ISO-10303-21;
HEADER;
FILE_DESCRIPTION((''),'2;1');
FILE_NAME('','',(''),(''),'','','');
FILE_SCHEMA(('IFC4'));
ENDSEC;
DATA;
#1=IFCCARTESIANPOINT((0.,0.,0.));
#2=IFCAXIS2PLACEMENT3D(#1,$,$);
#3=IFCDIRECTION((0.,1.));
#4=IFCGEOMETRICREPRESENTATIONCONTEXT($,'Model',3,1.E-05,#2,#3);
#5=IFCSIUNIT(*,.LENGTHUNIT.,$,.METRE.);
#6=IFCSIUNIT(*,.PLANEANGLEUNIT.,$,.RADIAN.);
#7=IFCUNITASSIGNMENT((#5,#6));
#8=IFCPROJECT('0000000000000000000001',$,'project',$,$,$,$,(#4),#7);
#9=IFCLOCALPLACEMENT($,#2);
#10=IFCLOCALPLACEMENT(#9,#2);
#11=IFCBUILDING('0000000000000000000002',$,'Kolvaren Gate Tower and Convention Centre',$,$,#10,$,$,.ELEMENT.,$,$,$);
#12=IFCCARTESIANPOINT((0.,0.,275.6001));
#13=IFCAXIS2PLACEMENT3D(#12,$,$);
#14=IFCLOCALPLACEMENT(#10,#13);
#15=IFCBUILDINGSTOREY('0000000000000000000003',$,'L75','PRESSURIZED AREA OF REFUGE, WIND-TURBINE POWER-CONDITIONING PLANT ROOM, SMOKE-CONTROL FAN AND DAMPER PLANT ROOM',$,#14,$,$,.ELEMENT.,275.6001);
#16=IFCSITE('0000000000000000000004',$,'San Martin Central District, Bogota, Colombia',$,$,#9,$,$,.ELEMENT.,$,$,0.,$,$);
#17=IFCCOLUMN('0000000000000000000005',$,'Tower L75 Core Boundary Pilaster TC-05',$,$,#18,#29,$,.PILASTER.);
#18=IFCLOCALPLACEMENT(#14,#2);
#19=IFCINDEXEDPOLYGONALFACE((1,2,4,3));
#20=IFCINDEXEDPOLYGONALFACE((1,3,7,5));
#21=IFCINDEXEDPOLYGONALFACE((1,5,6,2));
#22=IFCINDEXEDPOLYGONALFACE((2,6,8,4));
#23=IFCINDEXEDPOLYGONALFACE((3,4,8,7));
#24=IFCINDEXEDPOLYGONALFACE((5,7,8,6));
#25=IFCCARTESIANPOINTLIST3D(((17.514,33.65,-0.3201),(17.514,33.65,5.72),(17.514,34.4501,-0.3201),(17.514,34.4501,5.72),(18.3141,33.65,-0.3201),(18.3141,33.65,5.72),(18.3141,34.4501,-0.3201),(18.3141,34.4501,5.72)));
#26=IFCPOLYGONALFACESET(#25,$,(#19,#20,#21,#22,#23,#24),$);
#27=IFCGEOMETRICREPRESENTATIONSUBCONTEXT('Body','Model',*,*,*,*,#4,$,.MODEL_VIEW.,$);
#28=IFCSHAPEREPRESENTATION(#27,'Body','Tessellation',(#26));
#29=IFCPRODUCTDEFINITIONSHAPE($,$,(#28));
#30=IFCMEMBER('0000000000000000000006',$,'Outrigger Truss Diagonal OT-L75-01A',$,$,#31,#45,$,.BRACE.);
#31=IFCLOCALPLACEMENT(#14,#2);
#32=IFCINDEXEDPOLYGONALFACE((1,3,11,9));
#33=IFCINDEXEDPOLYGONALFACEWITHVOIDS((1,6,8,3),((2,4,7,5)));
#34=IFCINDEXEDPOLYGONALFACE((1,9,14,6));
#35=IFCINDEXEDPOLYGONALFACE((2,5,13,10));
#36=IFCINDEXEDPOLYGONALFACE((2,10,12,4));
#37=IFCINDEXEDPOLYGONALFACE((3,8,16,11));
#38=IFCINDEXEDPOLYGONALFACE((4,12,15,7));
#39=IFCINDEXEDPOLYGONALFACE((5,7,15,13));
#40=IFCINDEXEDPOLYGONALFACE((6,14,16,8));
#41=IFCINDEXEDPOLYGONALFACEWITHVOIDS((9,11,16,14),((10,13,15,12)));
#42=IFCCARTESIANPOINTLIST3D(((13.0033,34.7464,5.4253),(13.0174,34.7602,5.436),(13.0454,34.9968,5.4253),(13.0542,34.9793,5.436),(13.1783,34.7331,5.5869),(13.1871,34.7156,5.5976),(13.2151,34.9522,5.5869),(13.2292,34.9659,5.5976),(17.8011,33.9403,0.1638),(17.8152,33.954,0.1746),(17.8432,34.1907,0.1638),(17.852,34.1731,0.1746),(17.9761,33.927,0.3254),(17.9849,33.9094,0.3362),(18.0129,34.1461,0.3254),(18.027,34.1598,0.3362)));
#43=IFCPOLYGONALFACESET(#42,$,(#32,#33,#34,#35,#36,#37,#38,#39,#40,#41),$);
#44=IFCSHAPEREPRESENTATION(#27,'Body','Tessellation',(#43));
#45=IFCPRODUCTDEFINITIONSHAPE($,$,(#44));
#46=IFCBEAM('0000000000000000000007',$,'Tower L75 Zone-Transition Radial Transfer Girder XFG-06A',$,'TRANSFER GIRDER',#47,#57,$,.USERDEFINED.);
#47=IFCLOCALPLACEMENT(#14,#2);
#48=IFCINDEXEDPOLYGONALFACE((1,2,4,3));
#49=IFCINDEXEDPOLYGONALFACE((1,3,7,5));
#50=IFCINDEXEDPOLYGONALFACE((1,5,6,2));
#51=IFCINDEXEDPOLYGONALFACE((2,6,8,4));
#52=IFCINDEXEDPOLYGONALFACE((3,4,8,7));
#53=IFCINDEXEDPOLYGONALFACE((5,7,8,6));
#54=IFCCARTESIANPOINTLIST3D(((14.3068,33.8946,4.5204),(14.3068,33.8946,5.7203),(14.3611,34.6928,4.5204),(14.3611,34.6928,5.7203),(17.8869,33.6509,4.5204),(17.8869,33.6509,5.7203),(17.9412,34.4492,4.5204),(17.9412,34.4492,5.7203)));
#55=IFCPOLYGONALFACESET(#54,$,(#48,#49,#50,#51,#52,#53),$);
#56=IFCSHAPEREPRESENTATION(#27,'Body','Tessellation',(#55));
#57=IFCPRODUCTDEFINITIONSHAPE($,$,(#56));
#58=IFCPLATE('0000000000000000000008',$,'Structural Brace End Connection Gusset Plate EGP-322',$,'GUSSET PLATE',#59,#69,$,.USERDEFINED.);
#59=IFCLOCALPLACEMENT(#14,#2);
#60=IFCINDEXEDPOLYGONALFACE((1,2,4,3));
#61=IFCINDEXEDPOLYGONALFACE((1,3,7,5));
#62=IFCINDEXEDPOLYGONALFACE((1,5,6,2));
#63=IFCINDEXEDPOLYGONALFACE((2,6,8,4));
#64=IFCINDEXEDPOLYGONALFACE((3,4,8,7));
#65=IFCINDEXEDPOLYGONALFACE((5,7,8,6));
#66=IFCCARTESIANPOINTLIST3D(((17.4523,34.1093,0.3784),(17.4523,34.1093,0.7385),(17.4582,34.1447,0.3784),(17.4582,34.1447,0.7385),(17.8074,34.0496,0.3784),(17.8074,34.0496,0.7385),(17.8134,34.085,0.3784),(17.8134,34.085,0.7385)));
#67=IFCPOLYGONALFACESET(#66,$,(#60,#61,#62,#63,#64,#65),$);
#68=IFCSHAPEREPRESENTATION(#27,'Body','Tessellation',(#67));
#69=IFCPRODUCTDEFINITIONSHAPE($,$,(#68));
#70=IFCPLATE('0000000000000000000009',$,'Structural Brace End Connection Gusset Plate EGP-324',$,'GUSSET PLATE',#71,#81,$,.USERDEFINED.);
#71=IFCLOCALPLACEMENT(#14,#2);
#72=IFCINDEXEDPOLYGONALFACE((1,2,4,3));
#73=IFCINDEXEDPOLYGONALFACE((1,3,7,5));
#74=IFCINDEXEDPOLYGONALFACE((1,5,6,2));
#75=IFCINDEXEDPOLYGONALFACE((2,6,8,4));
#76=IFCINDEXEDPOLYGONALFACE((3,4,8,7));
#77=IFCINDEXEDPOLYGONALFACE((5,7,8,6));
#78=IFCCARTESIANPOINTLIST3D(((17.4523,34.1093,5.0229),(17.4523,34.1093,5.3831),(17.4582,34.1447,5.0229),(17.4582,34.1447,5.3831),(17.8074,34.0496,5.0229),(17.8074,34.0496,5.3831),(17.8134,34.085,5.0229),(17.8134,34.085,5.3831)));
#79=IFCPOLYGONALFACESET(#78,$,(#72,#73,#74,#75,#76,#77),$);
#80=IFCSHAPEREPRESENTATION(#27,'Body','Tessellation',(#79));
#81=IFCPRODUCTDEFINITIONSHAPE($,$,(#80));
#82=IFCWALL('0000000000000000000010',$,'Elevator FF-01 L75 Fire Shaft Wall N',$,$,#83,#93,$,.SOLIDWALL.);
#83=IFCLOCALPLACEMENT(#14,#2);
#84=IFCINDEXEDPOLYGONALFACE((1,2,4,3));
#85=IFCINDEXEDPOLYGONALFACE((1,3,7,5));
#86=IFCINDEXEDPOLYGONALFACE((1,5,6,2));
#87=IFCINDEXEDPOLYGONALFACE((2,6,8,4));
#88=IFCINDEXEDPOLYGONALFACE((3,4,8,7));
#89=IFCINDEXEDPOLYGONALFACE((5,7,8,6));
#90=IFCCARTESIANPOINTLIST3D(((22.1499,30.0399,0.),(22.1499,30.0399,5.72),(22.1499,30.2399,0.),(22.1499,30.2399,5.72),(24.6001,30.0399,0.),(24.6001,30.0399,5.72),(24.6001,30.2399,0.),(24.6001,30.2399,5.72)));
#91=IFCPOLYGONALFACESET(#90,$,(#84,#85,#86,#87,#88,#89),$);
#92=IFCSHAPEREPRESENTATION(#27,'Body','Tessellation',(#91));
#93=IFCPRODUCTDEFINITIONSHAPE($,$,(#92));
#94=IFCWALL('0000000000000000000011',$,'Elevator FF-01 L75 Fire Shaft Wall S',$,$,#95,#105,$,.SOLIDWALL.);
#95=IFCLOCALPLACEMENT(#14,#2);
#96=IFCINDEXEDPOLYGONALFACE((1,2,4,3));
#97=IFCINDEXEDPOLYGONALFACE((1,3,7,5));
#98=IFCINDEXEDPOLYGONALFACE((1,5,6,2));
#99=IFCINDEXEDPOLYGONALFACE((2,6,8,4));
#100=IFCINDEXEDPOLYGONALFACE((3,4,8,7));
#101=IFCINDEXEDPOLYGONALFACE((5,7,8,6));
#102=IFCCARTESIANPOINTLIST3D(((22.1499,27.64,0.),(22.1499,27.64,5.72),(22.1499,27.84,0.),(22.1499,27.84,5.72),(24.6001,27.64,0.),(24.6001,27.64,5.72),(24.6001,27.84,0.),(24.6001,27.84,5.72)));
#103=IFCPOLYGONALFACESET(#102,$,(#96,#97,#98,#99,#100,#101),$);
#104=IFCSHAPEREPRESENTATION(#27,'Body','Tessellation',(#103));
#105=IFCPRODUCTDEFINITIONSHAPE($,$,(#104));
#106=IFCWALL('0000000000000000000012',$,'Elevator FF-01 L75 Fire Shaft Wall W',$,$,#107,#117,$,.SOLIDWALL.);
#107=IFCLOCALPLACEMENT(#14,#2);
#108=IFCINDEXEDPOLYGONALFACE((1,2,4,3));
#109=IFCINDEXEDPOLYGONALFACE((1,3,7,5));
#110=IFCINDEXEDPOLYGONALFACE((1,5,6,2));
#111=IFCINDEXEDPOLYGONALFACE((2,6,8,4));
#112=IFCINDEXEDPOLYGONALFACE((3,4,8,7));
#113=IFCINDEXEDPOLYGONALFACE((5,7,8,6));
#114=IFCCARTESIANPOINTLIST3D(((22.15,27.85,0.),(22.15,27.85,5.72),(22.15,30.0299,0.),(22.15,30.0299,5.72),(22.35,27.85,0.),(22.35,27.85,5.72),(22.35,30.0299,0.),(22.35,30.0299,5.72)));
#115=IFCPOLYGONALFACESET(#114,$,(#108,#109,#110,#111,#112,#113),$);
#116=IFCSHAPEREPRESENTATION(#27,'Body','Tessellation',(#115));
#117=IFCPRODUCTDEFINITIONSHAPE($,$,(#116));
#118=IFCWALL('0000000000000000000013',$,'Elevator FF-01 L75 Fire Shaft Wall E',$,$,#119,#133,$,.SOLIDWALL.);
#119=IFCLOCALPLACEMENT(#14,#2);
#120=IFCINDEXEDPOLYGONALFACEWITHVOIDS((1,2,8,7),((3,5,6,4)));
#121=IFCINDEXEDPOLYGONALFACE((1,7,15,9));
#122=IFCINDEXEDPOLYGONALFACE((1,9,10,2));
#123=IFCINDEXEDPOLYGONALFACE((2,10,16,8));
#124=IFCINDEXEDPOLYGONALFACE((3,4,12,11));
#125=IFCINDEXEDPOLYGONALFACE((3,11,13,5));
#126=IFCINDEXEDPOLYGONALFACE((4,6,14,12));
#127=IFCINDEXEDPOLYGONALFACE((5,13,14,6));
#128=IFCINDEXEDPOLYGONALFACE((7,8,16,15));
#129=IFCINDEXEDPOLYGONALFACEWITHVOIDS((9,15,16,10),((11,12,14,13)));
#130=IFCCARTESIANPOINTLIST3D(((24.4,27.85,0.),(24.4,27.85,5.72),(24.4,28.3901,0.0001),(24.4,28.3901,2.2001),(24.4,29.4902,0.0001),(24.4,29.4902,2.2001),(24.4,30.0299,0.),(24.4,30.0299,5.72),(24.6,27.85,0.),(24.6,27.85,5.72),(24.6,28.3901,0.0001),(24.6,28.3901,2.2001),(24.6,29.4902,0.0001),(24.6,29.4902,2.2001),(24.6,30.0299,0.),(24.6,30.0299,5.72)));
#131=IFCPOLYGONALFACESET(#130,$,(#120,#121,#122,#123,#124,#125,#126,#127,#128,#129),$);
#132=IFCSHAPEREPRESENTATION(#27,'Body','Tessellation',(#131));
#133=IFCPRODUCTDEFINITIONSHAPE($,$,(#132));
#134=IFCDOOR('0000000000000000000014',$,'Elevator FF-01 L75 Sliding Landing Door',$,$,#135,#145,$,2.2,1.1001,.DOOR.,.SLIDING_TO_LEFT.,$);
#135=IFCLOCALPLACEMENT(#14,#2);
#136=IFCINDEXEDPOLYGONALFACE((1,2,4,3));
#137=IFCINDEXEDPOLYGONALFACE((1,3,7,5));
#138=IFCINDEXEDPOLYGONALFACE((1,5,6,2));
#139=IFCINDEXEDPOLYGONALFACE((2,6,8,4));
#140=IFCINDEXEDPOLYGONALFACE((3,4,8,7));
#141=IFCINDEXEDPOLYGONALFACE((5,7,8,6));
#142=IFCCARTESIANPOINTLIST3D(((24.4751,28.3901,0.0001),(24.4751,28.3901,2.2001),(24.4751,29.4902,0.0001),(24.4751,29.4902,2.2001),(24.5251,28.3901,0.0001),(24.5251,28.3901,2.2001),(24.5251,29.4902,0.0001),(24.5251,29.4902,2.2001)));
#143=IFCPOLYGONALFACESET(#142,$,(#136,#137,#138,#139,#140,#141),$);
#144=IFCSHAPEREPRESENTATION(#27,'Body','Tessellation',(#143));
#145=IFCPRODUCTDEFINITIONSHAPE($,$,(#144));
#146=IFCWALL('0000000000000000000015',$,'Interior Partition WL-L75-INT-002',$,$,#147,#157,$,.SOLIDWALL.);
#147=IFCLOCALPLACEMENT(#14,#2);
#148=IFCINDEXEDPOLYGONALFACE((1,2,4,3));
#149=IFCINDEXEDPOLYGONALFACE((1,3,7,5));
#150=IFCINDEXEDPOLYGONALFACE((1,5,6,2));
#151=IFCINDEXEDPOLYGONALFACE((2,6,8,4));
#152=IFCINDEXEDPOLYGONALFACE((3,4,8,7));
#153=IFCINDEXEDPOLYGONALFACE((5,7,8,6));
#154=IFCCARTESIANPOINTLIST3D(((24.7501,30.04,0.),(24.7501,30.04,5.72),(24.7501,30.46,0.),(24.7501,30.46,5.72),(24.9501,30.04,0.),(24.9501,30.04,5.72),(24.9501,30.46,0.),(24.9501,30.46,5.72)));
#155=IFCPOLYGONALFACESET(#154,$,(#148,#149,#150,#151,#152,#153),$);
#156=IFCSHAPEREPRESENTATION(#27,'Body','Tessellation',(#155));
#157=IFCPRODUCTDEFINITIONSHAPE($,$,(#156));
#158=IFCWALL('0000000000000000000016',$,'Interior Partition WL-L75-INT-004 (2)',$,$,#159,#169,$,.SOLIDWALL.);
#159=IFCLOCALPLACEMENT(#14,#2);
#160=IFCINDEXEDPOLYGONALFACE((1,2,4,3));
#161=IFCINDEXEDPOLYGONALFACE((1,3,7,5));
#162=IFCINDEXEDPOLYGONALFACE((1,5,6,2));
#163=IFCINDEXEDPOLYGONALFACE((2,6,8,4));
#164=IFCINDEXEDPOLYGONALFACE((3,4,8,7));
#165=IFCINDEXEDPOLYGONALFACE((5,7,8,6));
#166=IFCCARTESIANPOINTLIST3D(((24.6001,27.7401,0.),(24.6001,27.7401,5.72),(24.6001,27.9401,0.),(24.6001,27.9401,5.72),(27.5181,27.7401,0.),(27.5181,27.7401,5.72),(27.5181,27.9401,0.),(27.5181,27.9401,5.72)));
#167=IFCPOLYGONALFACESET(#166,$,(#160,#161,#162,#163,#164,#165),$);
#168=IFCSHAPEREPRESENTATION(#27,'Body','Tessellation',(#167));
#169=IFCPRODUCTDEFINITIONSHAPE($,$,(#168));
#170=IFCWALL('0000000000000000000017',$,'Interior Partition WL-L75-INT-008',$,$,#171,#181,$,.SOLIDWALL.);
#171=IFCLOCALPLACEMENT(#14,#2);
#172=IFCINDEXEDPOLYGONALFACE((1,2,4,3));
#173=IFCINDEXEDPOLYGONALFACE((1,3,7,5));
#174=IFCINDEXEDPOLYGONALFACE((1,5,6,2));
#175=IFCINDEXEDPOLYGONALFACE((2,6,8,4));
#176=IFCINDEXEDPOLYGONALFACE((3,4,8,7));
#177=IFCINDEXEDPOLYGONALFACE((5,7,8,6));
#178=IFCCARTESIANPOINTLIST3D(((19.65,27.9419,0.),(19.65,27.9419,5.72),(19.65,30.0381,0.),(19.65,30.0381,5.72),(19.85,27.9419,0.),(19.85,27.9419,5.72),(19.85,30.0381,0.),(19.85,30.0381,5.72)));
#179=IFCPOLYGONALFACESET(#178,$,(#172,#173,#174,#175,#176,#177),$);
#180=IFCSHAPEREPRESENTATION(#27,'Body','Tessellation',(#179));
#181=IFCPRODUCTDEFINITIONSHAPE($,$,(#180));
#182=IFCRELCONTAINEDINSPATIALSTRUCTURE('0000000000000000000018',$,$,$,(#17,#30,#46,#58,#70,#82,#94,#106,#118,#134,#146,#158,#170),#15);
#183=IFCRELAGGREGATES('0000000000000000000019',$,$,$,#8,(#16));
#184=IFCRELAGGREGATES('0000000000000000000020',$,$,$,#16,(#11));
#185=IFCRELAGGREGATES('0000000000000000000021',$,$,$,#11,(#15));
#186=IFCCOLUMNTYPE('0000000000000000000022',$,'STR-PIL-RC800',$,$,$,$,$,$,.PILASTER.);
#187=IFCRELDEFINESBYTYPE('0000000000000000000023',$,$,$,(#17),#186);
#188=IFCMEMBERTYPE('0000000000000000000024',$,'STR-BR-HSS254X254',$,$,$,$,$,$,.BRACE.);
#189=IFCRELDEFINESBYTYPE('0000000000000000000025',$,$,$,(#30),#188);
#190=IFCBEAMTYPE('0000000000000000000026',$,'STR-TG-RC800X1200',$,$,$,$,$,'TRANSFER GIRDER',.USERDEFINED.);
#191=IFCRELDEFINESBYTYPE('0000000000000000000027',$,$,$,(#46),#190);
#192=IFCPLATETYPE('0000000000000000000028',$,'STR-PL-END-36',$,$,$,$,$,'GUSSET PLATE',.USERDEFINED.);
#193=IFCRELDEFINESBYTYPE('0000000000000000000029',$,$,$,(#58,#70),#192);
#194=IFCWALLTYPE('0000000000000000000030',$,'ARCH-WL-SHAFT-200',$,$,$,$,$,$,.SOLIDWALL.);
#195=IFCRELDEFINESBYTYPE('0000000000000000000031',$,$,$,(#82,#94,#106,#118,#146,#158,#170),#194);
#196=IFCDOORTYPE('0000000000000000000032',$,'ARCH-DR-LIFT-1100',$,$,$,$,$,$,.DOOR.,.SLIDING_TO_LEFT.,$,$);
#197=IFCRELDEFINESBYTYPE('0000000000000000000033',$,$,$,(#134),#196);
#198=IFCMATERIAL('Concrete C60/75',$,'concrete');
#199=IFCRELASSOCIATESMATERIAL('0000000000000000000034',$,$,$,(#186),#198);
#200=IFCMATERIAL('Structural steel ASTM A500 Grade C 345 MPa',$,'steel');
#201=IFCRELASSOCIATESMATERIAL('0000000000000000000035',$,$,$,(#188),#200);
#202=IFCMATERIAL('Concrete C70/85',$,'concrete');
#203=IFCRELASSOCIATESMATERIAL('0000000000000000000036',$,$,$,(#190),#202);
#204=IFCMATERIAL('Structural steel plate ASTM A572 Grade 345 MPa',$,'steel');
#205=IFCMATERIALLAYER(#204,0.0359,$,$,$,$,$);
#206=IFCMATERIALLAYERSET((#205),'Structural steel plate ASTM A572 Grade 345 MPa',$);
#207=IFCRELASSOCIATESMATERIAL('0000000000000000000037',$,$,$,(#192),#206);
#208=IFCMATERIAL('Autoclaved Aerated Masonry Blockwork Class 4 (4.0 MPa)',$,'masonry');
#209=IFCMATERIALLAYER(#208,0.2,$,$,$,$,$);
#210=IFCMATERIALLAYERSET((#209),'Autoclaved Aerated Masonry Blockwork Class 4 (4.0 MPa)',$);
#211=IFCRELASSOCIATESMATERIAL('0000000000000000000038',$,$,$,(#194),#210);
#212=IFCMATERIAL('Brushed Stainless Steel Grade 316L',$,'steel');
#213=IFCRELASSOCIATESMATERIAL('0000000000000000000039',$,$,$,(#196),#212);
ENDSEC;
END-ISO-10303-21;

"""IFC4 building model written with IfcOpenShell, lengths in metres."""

from ifc_helpers import new_model, si_unit, direction, frame, frame_2d, origin, origin_2d, place, context, subcontext, project, spatial, rectangle, hollow_rectangle, extrude, material, layer, layer_set, material_profile, profile_set, type_object, element, fill, save


model = new_model("IFC4")

# Units and contexts
model_context = context("Model", 3, precision=1e-05, world=origin(), true_north=direction((0.0, 1.0)))
body_context = subcontext(model_context, "Body", "Model", "MODEL_VIEW")
ifc_project = project(units=[si_unit("LENGTHUNIT", "METRE"), si_unit("PLANEANGLEUNIT", "RADIAN")], contexts=[model_context])

# Site, building, storey
site_placement = place(None, origin())
site = spatial("IfcSite", under=ifc_project, at=site_placement, Name="San Martin Central District, Bogota, Colombia", CompositionType="ELEMENT", RefElevation=0.0)
building_placement = place(site_placement, origin())
building = spatial("IfcBuilding", under=site, at=building_placement, Name="Kolvaren Gate Tower and Convention Centre", CompositionType="ELEMENT")
storey_placement = place(building_placement, frame((0.0, 0.0, 275.6001)))
storey = spatial("IfcBuildingStorey", under=building, at=storey_placement, Name="L75", Description="PRESSURIZED AREA OF REFUGE, WIND-TURBINE POWER-CONDITIONING PLANT ROOM, SMOKE-CONTROL FAN AND DAMPER PLANT ROOM", CompositionType="ELEMENT", Elevation=275.6001)

# Column
ifc_material_1 = material(Name="Concrete C60/75", Category="concrete")
ifc_material_profile_1 = material_profile(ifc_material_1, rectangle(XDim=0.8, YDim=0.8, at=origin_2d()), Name="RC-COL-800X800")
ifc_profile_set_1 = profile_set([ifc_material_profile_1], Name="Concrete C60/75")
column_type = type_object("IfcColumnType", Name="STR-PIL-RC800", PredefinedType="PILASTER", material=ifc_profile_set_1)
column_placement = place(storey_placement, frame((17.9141, 34.05, -0.3201), z_axis=(0.0, 0.0, 1.0), x_axis=(1.0, 0.0, 0.0)))
element("IfcColumn", 1, at=column_placement, inside=storey, type_object=column_type, Name="Tower L75 Core Boundary Pilaster TC-05", PredefinedType="PILASTER", context=body_context, shape_type="SweptSolid", body=[
    extrude(rectangle(XDim=0.8, YDim=0.8, at=origin_2d()), origin(), (0.0, 0.0, 1.0), 6.04),
])

# Member
ifc_material_2 = material(Name="Structural steel ASTM A500 Grade C 345 MPa", Category="steel")
ifc_material_profile_2 = material_profile(ifc_material_2, hollow_rectangle(XDim=0.2539, YDim=0.2539, WallThickness=0.0159, at=origin_2d()), Name="HSS254X254X15.9")
ifc_profile_set_2 = profile_set([ifc_material_profile_2], Name="Structural steel ASTM A500 Grade C 345 MPa")
member_type = type_object("IfcMemberType", Name="STR-BR-HSS254X254", PredefinedType="BRACE", material=ifc_profile_set_2)
member_placement = place(storey_placement, frame((17.9141, 34.05, 0.25), z_axis=(-0.669525, 0.112496, 0.734222), x_axis=(-0.165701, -0.986176, 0.0)))
element("IfcMember", 2, at=member_placement, inside=storey, type_object=member_type, Name="Outrigger Truss Diagonal OT-L75-01A", PredefinedType="BRACE", context=body_context, shape_type="SweptSolid", body=[
    extrude(hollow_rectangle(XDim=0.2539, YDim=0.2539, WallThickness=0.0159, at=origin_2d()), origin(), (0.0, 0.0, 1.0), 7.166),
])

# Beam
ifc_material_3 = material(Name="Concrete C70/85", Category="concrete")
ifc_material_profile_3 = material_profile(ifc_material_3, rectangle(XDim=0.8, YDim=1.2, at=origin_2d()), Name="RC-BM-800X1200")
ifc_profile_set_3 = profile_set([ifc_material_profile_3], Name="Concrete C70/85")
beam_type = type_object("IfcBeamType", Name="STR-TG-RC800X1200", ElementType="TRANSFER GIRDER", PredefinedType="USERDEFINED", material=ifc_profile_set_3)
beam_placement = place(storey_placement, frame((17.9141, 34.05, 5.1204), z_axis=(-0.997692, 0.067901, 0.0), x_axis=(-0.067901, -0.997692, 0.0)))
element("IfcBeam", 3, at=beam_placement, inside=storey, type_object=beam_type, Name="Tower L75 Zone-Transition Radial Transfer Girder XFG-06A", ObjectType="TRANSFER GIRDER", PredefinedType="USERDEFINED", context=body_context, shape_type="SweptSolid", body=[
    extrude(rectangle(XDim=0.8, YDim=1.2, at=origin_2d()), origin(), (0.0, 0.0, 1.0), 3.5884),
])

# Plates
ifc_material_4 = material(Name="Structural steel plate ASTM A572 Grade 345 MPa", Category="steel")
ifc_layer_1 = layer(ifc_material_4, 0.0359)
ifc_layer_set_1 = layer_set([ifc_layer_1], Name="Structural steel plate ASTM A572 Grade 345 MPa")
plate_type = type_object("IfcPlateType", Name="STR-PL-END-36", ElementType="GUSSET PLATE", PredefinedType="USERDEFINED", material=ifc_layer_set_1)
for number, where, z_axis, x_axis, name in (
    (4, (17.6328, 34.0972, 0.3784), (0.0, 0.0, 1.0), (-0.986178, 0.165691, 0.0), "Structural Brace End Connection Gusset Plate EGP-322"),
    (5, (17.6328, 34.0972, 5.0229), (0.0, 0.0, 1.0), (0.986181, -0.165672, 0.0), "Structural Brace End Connection Gusset Plate EGP-324"),
):
    element("IfcPlate", number, at=place(storey_placement, frame(where, z_axis=z_axis, x_axis=x_axis)), inside=storey, type_object=plate_type, Name=name, ObjectType="GUSSET PLATE", PredefinedType="USERDEFINED", context=body_context, shape_type="SweptSolid", body=[
        extrude(rectangle(XDim=0.3601, YDim=0.0359, at=origin_2d()), origin(), (0.0, 0.0, 1.0), 0.3601),
    ])

# Walls
ifc_material_5 = material(Name="Autoclaved Aerated Masonry Blockwork Class 4 (4.0 MPa)", Category="masonry")
ifc_layer_2 = layer(ifc_material_5, 0.2)
ifc_layer_set_2 = layer_set([ifc_layer_2], Name="Autoclaved Aerated Masonry Blockwork Class 4 (4.0 MPa)")
wall_type_1 = type_object("IfcWallType", Name="ARCH-WL-SHAFT-200", PredefinedType="SOLIDWALL", material=ifc_layer_set_2)
for number, where, z_axis, x_axis, name in (
    (6, (22.1499, 30.1399, 0.0), (0.0, 0.0, 1.0), (1.0, 0.0, 0.0), "Elevator FF-01 L75 Fire Shaft Wall N"),
    (7, (22.1499, 27.74, 0.0), (0.0, 0.0, 1.0), (1.0, 0.0, 0.0), "Elevator FF-01 L75 Fire Shaft Wall S"),
):
    element("IfcWall", number, at=place(storey_placement, frame(where, z_axis=z_axis, x_axis=x_axis)), inside=storey, type_object=wall_type_1, Name=name, PredefinedType="SOLIDWALL", context=body_context, shape_type="SweptSolid", body=[
        extrude(rectangle(XDim=2.4502, YDim=0.2, at=frame_2d((1.2251, 0.0))), origin(), (0.0, 0.0, 1.0), 5.72),
    ])
wall_1_placement = place(storey_placement, frame((22.25, 27.8501, 0.0), z_axis=(0.0, 0.0, 1.0), x_axis=(0.0, 1.0, 0.0)))
element("IfcWall", 8, at=wall_1_placement, inside=storey, type_object=wall_type_1, Name="Elevator FF-01 L75 Fire Shaft Wall W", PredefinedType="SOLIDWALL", context=body_context, shape_type="SweptSolid", body=[
    extrude(rectangle(XDim=2.1799, YDim=0.2, at=frame_2d((1.0898, 0.0))), origin(), (0.0, 0.0, 1.0), 5.72),
])

# Wall, opening, door
wall_2_placement = place(storey_placement, frame((24.5, 27.8501, 0.0), z_axis=(0.0, 0.0, 1.0), x_axis=(0.0, 1.0, 0.0)))
wall_2 = element("IfcWall", 9, at=wall_2_placement, inside=storey, type_object=wall_type_1, Name="Elevator FF-01 L75 Fire Shaft Wall E", PredefinedType="SOLIDWALL", context=body_context, shape_type="SweptSolid", body=[
    extrude(rectangle(XDim=2.1799, YDim=0.2, at=frame_2d((1.0898, 0.0))), origin(), (0.0, 0.0, 1.0), 5.72),
])
opening_1_placement = place(wall_2_placement, frame((0.54, 0.0, 0.0)))
opening_1 = element("IfcOpeningElement", 10, at=opening_1_placement, cuts=wall_2, PredefinedType="OPENING", context=body_context, shape_type="SweptSolid", body=[
    extrude(rectangle(XDim=1.1001, YDim=2.2, at=frame_2d((0.55, 1.1001))), frame((0.0, 0.1099, 0.0), z_axis=(0.0, -1.0, 0.0), x_axis=(1.0, 0.0, 0.0)), (0.0, 0.0, 1.0), 0.22),
])
ifc_material_6 = material(Name="Brushed Stainless Steel Grade 316L", Category="steel")
door_type_1 = type_object("IfcDoorType", Name="ARCH-DR-LIFT-1100", OperationType="SLIDING_TO_LEFT", PredefinedType="DOOR", material=ifc_material_6)
door_1_placement = place(opening_1_placement, origin())
door_1 = element("IfcDoor", 11, at=door_1_placement, inside=storey, type_object=door_type_1, Name="Elevator FF-01 L75 Sliding Landing Door", OperationType="SLIDING_TO_LEFT", OverallHeight=2.2, OverallWidth=1.1001, PredefinedType="DOOR", context=body_context, shape_type="SweptSolid", body=[
    extrude(rectangle(XDim=1.1001, YDim=2.2, at=frame_2d((0.55, 1.1001))), frame((0.0, 0.0249, 0.0), z_axis=(0.0, -1.0, 0.0), x_axis=(1.0, 0.0, 0.0)), (0.0, 0.0, 1.0), 0.05),
])
fill(opening_1, door_1)

# Walls
wall_3_placement = place(storey_placement, frame((24.8501, 30.04, 0.0), z_axis=(0.0, 0.0, 1.0), x_axis=(0.0, 1.0, 0.0)))
element("IfcWall", 12, at=wall_3_placement, inside=storey, type_object=wall_type_1, Name="Interior Partition WL-L75-INT-002", PredefinedType="SOLIDWALL", context=body_context, shape_type="SweptSolid", body=[
    extrude(rectangle(XDim=0.4199, YDim=0.2, at=frame_2d((0.21, 0.0))), origin(), (0.0, 0.0, 1.0), 5.72),
])
wall_4_placement = place(storey_placement, frame((24.6001, 27.8401, 0.0), z_axis=(0.0, 0.0, 1.0), x_axis=(1.0, 0.0, 0.0)))
element("IfcWall", 13, at=wall_4_placement, inside=storey, type_object=wall_type_1, Name="Interior Partition WL-L75-INT-004 (2)", PredefinedType="SOLIDWALL", context=body_context, shape_type="SweptSolid", body=[
    extrude(rectangle(XDim=2.918, YDim=0.2, at=frame_2d((1.459, 0.0))), origin(), (0.0, 0.0, 1.0), 5.72),
])
wall_5_placement = place(storey_placement, frame((19.75, 27.9419, 0.0), z_axis=(0.0, 0.0, 1.0), x_axis=(0.0, 1.0, 0.0)))
element("IfcWall", 14, at=wall_5_placement, inside=storey, type_object=wall_type_1, Name="Interior Partition WL-L75-INT-008", PredefinedType="SOLIDWALL", context=body_context, shape_type="SweptSolid", body=[
    extrude(rectangle(XDim=2.0962, YDim=0.2, at=frame_2d((1.0481, 0.0))), origin(), (0.0, 0.0, 1.0), 5.72),
])

save(model, "model.ifc")
